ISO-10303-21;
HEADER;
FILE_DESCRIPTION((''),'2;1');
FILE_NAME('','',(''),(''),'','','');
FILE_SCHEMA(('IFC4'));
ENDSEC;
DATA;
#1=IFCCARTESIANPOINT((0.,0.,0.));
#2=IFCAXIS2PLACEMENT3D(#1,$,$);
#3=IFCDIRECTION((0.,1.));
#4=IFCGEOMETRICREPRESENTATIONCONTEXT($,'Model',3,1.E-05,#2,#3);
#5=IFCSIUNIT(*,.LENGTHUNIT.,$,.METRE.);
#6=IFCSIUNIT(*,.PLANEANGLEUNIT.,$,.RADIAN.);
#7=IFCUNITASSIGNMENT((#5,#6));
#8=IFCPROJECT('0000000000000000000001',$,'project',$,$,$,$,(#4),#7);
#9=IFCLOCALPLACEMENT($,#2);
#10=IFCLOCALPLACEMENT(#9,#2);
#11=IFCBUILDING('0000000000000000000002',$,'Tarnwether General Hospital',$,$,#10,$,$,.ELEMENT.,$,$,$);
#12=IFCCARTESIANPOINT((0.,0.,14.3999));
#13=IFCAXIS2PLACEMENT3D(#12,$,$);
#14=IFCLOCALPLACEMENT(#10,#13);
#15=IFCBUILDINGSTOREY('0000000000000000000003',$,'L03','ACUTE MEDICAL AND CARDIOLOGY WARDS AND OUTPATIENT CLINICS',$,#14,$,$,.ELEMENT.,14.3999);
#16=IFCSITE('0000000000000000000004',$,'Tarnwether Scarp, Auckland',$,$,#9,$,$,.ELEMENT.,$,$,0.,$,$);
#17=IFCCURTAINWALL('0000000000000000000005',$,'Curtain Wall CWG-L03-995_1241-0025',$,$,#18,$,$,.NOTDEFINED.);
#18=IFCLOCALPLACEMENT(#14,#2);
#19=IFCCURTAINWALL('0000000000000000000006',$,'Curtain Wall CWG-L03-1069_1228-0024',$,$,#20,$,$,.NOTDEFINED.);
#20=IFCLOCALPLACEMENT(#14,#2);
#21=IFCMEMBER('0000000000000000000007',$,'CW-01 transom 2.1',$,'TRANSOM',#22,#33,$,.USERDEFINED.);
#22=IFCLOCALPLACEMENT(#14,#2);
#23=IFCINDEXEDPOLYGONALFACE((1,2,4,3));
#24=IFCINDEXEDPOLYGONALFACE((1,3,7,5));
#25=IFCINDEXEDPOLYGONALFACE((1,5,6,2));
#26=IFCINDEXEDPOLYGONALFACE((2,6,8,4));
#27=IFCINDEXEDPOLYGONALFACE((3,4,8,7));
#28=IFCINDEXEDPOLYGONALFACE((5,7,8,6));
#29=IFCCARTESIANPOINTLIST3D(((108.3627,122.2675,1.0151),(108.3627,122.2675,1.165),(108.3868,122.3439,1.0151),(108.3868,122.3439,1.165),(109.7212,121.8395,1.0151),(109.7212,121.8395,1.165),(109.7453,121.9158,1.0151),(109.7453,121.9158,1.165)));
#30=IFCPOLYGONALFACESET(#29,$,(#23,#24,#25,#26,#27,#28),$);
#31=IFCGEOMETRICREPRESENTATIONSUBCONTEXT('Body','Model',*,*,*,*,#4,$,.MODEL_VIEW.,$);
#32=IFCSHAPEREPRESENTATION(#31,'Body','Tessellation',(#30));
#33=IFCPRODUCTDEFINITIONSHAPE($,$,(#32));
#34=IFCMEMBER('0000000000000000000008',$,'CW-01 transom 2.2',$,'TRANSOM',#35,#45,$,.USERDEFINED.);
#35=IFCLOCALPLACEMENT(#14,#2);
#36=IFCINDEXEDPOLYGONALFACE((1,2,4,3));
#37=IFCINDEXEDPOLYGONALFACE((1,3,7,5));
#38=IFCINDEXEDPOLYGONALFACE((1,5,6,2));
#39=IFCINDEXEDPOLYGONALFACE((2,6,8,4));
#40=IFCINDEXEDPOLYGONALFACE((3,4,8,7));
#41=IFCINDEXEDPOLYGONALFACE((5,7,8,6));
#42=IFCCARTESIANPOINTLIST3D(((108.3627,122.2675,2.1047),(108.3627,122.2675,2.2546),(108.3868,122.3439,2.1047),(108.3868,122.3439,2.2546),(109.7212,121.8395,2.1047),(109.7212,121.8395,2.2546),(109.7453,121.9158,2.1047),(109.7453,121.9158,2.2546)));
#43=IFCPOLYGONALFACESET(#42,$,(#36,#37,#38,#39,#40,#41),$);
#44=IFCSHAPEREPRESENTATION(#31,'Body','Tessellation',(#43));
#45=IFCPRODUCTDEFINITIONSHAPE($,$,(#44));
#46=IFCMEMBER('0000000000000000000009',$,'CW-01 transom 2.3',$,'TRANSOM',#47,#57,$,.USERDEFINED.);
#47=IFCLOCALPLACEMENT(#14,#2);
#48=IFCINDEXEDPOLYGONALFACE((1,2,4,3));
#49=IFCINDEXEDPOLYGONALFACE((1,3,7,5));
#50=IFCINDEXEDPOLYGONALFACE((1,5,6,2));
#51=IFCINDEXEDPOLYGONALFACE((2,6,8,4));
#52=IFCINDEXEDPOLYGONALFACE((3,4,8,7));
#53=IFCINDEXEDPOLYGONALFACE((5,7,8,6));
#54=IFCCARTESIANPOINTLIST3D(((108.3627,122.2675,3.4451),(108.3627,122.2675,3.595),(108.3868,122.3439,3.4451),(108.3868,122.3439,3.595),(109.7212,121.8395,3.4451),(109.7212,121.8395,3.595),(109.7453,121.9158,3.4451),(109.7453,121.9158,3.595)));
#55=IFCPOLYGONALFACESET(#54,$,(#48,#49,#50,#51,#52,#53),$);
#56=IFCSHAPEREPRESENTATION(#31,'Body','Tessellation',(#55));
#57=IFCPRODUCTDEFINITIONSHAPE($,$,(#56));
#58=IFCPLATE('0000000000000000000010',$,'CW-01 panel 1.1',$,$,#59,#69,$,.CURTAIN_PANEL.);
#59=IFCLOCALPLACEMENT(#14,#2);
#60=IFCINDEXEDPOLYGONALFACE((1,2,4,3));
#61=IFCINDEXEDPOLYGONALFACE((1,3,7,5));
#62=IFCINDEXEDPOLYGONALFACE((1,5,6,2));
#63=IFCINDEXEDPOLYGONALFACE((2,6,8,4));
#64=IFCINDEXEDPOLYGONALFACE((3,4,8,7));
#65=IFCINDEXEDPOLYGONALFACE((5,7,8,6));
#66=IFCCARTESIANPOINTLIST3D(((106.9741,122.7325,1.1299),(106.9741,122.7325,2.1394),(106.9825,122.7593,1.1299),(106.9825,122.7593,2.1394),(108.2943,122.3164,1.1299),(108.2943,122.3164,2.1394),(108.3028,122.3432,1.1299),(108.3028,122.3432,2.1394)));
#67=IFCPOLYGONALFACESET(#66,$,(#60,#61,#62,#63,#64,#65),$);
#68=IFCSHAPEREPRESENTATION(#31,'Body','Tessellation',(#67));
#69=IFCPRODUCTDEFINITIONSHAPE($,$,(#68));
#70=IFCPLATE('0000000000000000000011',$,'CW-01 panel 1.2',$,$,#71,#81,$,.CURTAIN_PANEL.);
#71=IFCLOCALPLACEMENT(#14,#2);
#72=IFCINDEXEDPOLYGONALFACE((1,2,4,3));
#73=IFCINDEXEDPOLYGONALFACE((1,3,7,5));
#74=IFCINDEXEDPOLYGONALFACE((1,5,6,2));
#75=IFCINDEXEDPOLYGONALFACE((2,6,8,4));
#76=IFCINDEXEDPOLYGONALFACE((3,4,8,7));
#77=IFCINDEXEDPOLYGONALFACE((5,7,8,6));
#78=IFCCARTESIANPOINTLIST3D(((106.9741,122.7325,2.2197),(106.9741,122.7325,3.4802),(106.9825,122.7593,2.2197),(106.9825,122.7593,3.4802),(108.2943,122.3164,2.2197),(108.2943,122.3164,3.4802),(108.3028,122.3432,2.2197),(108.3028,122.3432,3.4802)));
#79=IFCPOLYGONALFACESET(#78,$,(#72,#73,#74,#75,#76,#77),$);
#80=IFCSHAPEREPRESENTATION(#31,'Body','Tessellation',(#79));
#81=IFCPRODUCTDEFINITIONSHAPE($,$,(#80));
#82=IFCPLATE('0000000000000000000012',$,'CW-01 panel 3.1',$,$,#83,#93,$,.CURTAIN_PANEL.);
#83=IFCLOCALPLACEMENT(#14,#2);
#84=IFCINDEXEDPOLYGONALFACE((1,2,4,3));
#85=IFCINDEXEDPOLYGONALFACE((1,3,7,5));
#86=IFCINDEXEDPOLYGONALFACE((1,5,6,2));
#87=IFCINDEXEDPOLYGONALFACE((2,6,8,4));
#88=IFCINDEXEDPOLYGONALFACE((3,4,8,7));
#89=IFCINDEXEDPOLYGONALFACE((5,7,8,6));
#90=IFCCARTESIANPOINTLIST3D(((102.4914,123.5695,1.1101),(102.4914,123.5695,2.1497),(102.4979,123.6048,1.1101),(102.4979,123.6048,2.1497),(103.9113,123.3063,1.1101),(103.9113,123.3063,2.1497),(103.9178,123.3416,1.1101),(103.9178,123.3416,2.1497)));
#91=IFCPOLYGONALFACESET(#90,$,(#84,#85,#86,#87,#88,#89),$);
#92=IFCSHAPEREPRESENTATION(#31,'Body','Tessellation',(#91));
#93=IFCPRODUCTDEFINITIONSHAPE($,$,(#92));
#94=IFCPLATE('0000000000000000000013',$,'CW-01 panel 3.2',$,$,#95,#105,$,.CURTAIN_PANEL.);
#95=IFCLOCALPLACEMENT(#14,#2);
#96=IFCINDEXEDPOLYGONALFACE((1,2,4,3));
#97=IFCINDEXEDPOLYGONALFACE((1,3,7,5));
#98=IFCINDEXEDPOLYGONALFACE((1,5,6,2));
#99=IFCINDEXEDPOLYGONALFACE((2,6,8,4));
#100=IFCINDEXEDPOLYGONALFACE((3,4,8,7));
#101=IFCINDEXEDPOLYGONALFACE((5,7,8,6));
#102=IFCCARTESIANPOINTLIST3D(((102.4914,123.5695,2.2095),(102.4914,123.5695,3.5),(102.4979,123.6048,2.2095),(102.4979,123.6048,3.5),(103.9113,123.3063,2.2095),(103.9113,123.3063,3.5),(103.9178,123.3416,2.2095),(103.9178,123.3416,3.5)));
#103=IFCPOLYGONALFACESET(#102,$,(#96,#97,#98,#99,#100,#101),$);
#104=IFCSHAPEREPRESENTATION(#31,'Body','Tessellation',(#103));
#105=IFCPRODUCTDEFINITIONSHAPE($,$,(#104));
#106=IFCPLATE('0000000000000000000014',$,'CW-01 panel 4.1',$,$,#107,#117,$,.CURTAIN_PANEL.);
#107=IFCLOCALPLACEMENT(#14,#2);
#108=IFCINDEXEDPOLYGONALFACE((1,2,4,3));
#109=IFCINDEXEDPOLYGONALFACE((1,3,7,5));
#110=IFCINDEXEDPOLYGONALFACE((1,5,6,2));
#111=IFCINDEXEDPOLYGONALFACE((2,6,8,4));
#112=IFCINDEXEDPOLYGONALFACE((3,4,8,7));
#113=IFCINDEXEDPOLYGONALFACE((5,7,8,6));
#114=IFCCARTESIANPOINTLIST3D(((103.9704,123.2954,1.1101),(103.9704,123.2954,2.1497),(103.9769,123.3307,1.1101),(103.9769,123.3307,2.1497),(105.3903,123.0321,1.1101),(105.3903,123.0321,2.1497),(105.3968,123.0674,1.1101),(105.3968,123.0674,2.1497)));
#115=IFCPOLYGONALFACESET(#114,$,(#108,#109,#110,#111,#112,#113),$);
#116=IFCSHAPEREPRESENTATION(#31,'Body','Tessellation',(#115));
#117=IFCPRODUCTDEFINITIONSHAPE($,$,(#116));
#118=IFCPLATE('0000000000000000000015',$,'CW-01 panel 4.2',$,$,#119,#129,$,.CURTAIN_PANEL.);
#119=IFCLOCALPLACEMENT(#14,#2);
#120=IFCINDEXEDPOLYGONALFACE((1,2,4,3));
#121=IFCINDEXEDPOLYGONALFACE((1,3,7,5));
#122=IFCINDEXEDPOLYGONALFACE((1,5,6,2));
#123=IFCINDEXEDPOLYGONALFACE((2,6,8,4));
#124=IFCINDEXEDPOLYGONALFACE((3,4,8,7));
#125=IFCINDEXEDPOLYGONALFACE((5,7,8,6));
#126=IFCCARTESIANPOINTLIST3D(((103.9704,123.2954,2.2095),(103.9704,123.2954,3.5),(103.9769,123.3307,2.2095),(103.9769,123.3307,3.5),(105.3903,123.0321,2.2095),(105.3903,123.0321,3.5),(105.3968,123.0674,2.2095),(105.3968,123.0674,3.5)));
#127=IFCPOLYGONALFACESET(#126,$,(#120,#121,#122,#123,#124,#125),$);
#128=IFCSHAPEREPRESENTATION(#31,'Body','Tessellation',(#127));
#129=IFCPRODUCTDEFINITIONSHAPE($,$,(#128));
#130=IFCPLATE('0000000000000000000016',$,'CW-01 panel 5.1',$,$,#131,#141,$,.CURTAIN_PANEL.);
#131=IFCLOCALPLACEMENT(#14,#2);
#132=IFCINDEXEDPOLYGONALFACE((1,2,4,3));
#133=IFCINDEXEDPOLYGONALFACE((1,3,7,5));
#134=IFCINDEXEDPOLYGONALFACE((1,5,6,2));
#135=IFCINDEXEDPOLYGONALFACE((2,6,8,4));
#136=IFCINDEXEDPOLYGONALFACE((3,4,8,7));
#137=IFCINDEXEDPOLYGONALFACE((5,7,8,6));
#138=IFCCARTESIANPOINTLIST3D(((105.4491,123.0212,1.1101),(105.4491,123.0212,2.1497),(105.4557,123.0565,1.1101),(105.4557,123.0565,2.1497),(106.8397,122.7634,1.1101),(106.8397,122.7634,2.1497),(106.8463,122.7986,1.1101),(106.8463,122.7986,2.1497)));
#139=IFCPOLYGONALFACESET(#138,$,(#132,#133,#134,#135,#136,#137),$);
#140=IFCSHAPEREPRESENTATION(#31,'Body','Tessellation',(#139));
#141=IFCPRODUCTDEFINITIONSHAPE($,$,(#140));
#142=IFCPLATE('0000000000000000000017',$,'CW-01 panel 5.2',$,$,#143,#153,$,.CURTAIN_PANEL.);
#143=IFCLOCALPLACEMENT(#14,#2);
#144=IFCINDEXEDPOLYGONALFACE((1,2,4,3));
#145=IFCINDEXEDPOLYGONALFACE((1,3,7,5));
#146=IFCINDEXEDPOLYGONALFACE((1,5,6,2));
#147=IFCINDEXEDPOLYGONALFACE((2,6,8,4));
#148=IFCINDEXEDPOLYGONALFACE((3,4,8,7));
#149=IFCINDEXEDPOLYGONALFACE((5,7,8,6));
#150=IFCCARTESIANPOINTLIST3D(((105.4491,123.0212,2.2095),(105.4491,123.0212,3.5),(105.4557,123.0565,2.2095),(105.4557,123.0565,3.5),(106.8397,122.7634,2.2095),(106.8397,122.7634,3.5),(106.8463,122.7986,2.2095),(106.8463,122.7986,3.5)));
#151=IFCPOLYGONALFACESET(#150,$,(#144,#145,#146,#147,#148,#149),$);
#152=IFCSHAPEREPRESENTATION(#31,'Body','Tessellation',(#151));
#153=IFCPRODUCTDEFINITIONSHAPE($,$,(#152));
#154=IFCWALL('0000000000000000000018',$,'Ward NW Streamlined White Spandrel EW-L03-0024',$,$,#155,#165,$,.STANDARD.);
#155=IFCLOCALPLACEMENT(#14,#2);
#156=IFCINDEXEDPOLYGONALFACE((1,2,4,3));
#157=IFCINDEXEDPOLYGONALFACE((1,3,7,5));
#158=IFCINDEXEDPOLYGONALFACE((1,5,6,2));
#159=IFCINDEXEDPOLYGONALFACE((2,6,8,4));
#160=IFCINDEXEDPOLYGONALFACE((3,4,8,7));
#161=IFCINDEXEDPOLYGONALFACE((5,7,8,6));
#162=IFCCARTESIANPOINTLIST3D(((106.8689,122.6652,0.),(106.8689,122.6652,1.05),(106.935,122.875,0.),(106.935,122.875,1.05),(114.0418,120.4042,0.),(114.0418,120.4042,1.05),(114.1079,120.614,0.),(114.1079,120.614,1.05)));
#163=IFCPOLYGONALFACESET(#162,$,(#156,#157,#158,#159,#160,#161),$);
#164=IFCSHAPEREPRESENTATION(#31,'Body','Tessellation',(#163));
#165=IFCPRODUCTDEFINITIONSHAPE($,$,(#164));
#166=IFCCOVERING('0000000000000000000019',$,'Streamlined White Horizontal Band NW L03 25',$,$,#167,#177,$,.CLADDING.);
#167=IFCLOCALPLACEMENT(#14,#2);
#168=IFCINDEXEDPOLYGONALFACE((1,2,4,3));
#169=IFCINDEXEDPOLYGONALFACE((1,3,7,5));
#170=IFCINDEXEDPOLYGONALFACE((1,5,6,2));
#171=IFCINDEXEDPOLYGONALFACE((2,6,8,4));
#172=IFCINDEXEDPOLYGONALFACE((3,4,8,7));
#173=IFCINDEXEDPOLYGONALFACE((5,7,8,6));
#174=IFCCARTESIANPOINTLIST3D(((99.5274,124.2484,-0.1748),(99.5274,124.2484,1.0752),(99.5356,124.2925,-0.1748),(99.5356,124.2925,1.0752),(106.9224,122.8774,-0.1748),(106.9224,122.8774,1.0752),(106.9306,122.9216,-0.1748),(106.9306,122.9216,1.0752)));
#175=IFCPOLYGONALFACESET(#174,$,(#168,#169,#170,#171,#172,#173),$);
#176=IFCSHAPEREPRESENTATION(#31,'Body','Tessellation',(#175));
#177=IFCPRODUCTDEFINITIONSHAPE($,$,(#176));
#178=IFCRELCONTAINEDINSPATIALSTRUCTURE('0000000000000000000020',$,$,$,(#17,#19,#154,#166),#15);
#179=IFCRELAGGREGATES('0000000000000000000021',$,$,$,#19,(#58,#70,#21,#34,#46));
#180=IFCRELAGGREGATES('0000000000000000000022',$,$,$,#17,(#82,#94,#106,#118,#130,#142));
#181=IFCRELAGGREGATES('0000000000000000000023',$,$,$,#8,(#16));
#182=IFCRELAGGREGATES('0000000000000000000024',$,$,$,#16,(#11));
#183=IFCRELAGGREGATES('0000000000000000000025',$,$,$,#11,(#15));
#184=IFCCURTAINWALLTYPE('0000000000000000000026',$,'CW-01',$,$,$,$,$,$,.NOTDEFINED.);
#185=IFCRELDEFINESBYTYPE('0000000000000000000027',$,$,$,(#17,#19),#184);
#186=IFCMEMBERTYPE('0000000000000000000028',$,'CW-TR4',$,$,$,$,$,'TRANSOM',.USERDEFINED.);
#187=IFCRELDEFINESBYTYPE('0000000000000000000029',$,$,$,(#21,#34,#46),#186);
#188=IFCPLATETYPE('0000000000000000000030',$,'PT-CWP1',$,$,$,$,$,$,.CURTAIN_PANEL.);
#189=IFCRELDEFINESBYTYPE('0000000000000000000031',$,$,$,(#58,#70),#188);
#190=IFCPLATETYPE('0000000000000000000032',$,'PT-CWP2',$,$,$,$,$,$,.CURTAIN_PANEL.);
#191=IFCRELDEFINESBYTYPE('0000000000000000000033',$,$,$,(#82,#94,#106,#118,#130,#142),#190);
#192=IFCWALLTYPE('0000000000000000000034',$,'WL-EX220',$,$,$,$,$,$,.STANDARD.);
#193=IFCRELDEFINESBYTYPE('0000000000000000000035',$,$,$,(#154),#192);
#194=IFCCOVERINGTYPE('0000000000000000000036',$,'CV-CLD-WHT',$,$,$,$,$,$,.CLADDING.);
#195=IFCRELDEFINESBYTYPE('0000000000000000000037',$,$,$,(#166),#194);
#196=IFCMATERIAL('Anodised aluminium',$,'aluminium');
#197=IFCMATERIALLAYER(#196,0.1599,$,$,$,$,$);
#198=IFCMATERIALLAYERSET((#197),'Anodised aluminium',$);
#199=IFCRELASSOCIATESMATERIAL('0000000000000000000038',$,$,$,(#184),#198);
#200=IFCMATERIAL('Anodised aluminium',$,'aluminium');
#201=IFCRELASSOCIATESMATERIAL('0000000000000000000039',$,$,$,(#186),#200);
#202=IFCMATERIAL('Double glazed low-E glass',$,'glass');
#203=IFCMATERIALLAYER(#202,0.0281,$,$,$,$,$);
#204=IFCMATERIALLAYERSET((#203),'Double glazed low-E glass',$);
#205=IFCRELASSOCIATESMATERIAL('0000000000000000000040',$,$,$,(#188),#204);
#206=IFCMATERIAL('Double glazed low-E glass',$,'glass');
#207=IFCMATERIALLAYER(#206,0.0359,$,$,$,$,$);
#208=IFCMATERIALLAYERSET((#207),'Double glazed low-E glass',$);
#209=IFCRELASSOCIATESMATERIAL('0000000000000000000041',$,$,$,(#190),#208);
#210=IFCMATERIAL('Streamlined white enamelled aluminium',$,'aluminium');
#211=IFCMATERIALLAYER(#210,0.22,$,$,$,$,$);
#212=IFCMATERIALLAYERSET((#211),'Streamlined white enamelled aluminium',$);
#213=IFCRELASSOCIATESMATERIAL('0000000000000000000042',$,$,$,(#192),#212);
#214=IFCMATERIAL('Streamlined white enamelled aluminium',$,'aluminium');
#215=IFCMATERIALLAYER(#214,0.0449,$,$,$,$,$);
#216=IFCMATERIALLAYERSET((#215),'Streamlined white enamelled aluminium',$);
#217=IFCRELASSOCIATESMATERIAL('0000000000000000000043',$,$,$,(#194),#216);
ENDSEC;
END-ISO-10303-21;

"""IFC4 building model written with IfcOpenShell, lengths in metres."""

from ifc_helpers import new_model, si_unit, direction, frame, frame_2d, origin, origin_2d, place, context, subcontext, project, spatial, rectangle, extrude, material, layer, layer_set, material_profile, profile_set, type_object, element, aggregate, save


model = new_model("IFC4")

# Units and contexts
model_context = context("Model", 3, precision=1e-05, world=origin(), true_north=direction((0.0, 1.0)))
body_context = subcontext(model_context, "Body", "Model", "MODEL_VIEW")
ifc_project = project(units=[si_unit("LENGTHUNIT", "METRE"), si_unit("PLANEANGLEUNIT", "RADIAN")], contexts=[model_context])

# Site, building, storey
site_placement = place(None, origin())
site = spatial("IfcSite", under=ifc_project, at=site_placement, Name="Tarnwether Scarp, Auckland", CompositionType="ELEMENT", RefElevation=0.0)
building_placement = place(site_placement, origin())
building = spatial("IfcBuilding", under=site, at=building_placement, Name="Tarnwether General Hospital", CompositionType="ELEMENT")
storey_placement = place(building_placement, frame((0.0, 0.0, 14.3999)))
storey = spatial("IfcBuildingStorey", under=building, at=storey_placement, Name="L03", Description="ACUTE MEDICAL AND CARDIOLOGY WARDS AND OUTPATIENT CLINICS", CompositionType="ELEMENT", Elevation=14.3999)

# Curtain walls
ifc_material_1 = material(Name="Anodised aluminium", Category="aluminium")
ifc_layer_1 = layer(ifc_material_1, 0.1599)
ifc_layer_set_1 = layer_set([ifc_layer_1], Name="Anodised aluminium")
curtain_wall_type = type_object("IfcCurtainWallType", Name="CW-01", PredefinedType="NOTDEFINED", material=ifc_layer_set_1)
curtain_wall_1_placement = place(storey_placement, origin())
curtain_wall_1 = element("IfcCurtainWall", 1, at=curtain_wall_1_placement, inside=storey, type_object=curtain_wall_type, Name="Curtain Wall CWG-L03-995_1241-0025", PredefinedType="NOTDEFINED")
curtain_wall_2_placement = place(storey_placement, origin())
curtain_wall_2 = element("IfcCurtainWall", 2, at=curtain_wall_2_placement, inside=storey, type_object=curtain_wall_type, Name="Curtain Wall CWG-L03-1069_1228-0024", PredefinedType="NOTDEFINED")

# Members
ifc_material_2 = material(Name="Anodised aluminium", Category="aluminium")
ifc_material_profile_1 = material_profile(ifc_material_2, rectangle(XDim=0.0801, YDim=0.1499, at=origin_2d()), Name="ALU-TRN-80x150")
ifc_profile_set_1 = profile_set([ifc_material_profile_1], Name="Anodised aluminium")
member_type_1 = type_object("IfcMemberType", Name="CW-TR4", ElementType="TRANSOM", PredefinedType="USERDEFINED", material=ifc_profile_set_1)
member_1_placement = place(storey_placement, frame((108.3748, 122.3057, 1.0901), z_axis=(0.953782, -0.3005, 0.0), x_axis=(0.3005, 0.953782, 0.0)))
member_1 = element("IfcMember", 3, at=member_1_placement, type_object=member_type_1, Name="CW-01 transom 2.1", ObjectType="TRANSOM", PredefinedType="USERDEFINED", context=body_context, shape_type="SweptSolid", body=[
    extrude(rectangle(XDim=0.0801, YDim=0.1499, at=origin_2d()), origin(), (0.0, 0.0, 1.0), 1.4243),
])
member_2_placement = place(storey_placement, frame((108.3748, 122.3057, 2.1797), z_axis=(0.953782, -0.3005, 0.0), x_axis=(0.3005, 0.953782, 0.0)))
member_2 = element("IfcMember", 4, at=member_2_placement, type_object=member_type_1, Name="CW-01 transom 2.2", ObjectType="TRANSOM", PredefinedType="USERDEFINED", context=body_context, shape_type="SweptSolid", body=[
    extrude(rectangle(XDim=0.0801, YDim=0.1499, at=origin_2d()), origin(), (0.0, 0.0, 1.0), 1.4243),
])
member_3_placement = place(storey_placement, frame((108.3748, 122.3057, 3.52), z_axis=(0.953782, -0.3005, 0.0), x_axis=(0.3005, 0.953782, 0.0)))
member_3 = element("IfcMember", 5, at=member_3_placement, type_object=member_type_1, Name="CW-01 transom 2.3", ObjectType="TRANSOM", PredefinedType="USERDEFINED", context=body_context, shape_type="SweptSolid", body=[
    extrude(rectangle(XDim=0.0801, YDim=0.1499, at=origin_2d()), origin(), (0.0, 0.0, 1.0), 1.4243),
])

# Plates
ifc_material_3 = material(Name="Double glazed low-E glass", Category="glass")
ifc_layer_2 = layer(ifc_material_3, 0.0281)
ifc_layer_set_2 = layer_set([ifc_layer_2], Name="Double glazed low-E glass")
plate_type_1 = type_object("IfcPlateType", Name="PT-CWP1", PredefinedType="CURTAIN_PANEL", material=ifc_layer_set_2)
plate_1_placement = place(storey_placement, frame((107.6384, 122.5378, 1.1299), z_axis=(0.0, 0.0, 1.0), x_axis=(0.953741, -0.300629, 0.0)))
plate_1 = element("IfcPlate", 6, at=plate_1_placement, type_object=plate_type_1, Name="CW-01 panel 1.1", PredefinedType="CURTAIN_PANEL", context=body_context, shape_type="SweptSolid", body=[
    extrude(rectangle(XDim=1.3843, YDim=0.0281, at=origin_2d()), origin(), (0.0, 0.0, 1.0), 1.0095),
])
plate_2_placement = place(storey_placement, frame((107.6384, 122.5378, 2.2197), z_axis=(0.0, 0.0, 1.0), x_axis=(0.953741, -0.300629, 0.0)))
plate_2 = element("IfcPlate", 7, at=plate_2_placement, type_object=plate_type_1, Name="CW-01 panel 1.2", PredefinedType="CURTAIN_PANEL", context=body_context, shape_type="SweptSolid", body=[
    extrude(rectangle(XDim=1.3843, YDim=0.0281, at=origin_2d()), origin(), (0.0, 0.0, 1.0), 1.2605),
])
aggregate(curtain_wall_2, [plate_1, plate_2, member_1, member_2, member_3])
ifc_material_4 = material(Name="Double glazed low-E glass", Category="glass")
ifc_layer_3 = layer(ifc_material_4, 0.0359)
ifc_layer_set_3 = layer_set([ifc_layer_3], Name="Double glazed low-E glass")
plate_type_2 = type_object("IfcPlateType", Name="PT-CWP2", PredefinedType="CURTAIN_PANEL", material=ifc_layer_set_3)
plate_3_placement = place(storey_placement, frame((103.2046, 123.4556, 1.1101), z_axis=(0.0, 0.0, 1.0), x_axis=(0.983245, -0.182289, 0.0)))
plate_3 = element("IfcPlate", 8, at=plate_3_placement, type_object=plate_type_2, Name="CW-01 panel 3.1", PredefinedType="CURTAIN_PANEL", context=body_context, shape_type="SweptSolid", body=[
    extrude(rectangle(XDim=1.4441, YDim=0.0359, at=origin_2d()), origin(), (0.0, 0.0, 1.0), 1.0396),
])
plate_4_placement = place(storey_placement, frame((103.2046, 123.4556, 2.2095), z_axis=(0.0, 0.0, 1.0), x_axis=(0.983245, -0.182289, 0.0)))
plate_4 = element("IfcPlate", 9, at=plate_4_placement, type_object=plate_type_2, Name="CW-01 panel 3.2", PredefinedType="CURTAIN_PANEL", context=body_context, shape_type="SweptSolid", body=[
    extrude(rectangle(XDim=1.4441, YDim=0.0359, at=origin_2d()), origin(), (0.0, 0.0, 1.0), 1.2905),
])
plate_5_placement = place(storey_placement, frame((104.6836, 123.1814, 1.1101), z_axis=(0.0, 0.0, 1.0), x_axis=(0.983245, -0.182289, 0.0)))
plate_5 = element("IfcPlate", 10, at=plate_5_placement, type_object=plate_type_2, Name="CW-01 panel 4.1", PredefinedType="CURTAIN_PANEL", context=body_context, shape_type="SweptSolid", body=[
    extrude(rectangle(XDim=1.4441, YDim=0.0359, at=origin_2d()), origin(), (0.0, 0.0, 1.0), 1.0396),
])
plate_6_placement = place(storey_placement, frame((104.6836, 123.1814, 2.2095), z_axis=(0.0, 0.0, 1.0), x_axis=(0.983245, -0.182289, 0.0)))
plate_6 = element("IfcPlate", 11, at=plate_6_placement, type_object=plate_type_2, Name="CW-01 panel 4.2", PredefinedType="CURTAIN_PANEL", context=body_context, shape_type="SweptSolid", body=[
    extrude(rectangle(XDim=1.4441, YDim=0.0359, at=origin_2d()), origin(), (0.0, 0.0, 1.0), 1.2905),
])
plate_7_placement = place(storey_placement, frame((106.1477, 122.9099, 1.1101), z_axis=(0.0, 0.0, 1.0), x_axis=(0.983245, -0.182289, 0.0)))
plate_7 = element("IfcPlate", 12, at=plate_7_placement, type_object=plate_type_2, Name="CW-01 panel 5.1", PredefinedType="CURTAIN_PANEL", context=body_context, shape_type="SweptSolid", body=[
    extrude(rectangle(XDim=1.4143, YDim=0.0359, at=origin_2d()), origin(), (0.0, 0.0, 1.0), 1.0396),
])
plate_8_placement = place(storey_placement, frame((106.1477, 122.9099, 2.2095), z_axis=(0.0, 0.0, 1.0), x_axis=(0.983245, -0.182289, 0.0)))
plate_8 = element("IfcPlate", 13, at=plate_8_placement, type_object=plate_type_2, Name="CW-01 panel 5.2", PredefinedType="CURTAIN_PANEL", context=body_context, shape_type="SweptSolid", body=[
    extrude(rectangle(XDim=1.4143, YDim=0.0359, at=origin_2d()), origin(), (0.0, 0.0, 1.0), 1.2905),
])
aggregate(curtain_wall_1, [plate_3, plate_4, plate_5, plate_6, plate_7, plate_8])

# Wall
ifc_material_5 = material(Name="Streamlined white enamelled aluminium", Category="aluminium")
ifc_layer_4 = layer(ifc_material_5, 0.22)
ifc_layer_set_4 = layer_set([ifc_layer_4], Name="Streamlined white enamelled aluminium")
wall_type = type_object("IfcWallType", Name="WL-EX220", PredefinedType="STANDARD", material=ifc_layer_set_4)
wall_placement = place(storey_placement, frame((106.9021, 122.77, 0.0), z_axis=(0.0, 0.0, 1.0), x_axis=(0.95374, -0.300633, 0.0)))
element("IfcWall", 14, at=wall_placement, inside=storey, type_object=wall_type, Name="Ward NW Streamlined White Spandrel EW-L03-0024", PredefinedType="STANDARD", context=body_context, shape_type="SweptSolid", body=[
    extrude(rectangle(XDim=7.5208, YDim=0.22, at=frame_2d((3.7603, 0.0))), origin(), (0.0, 0.0, 1.0), 1.05),
])

# Covering
ifc_material_6 = material(Name="Streamlined white enamelled aluminium", Category="aluminium")
ifc_layer_5 = layer(ifc_material_6, 0.0449)
ifc_layer_set_5 = layer_set([ifc_layer_5], Name="Streamlined white enamelled aluminium")
covering_type = type_object("IfcCoveringType", Name="CV-CLD-WHT", PredefinedType="CLADDING", material=ifc_layer_set_5)
covering_placement = place(storey_placement, frame((103.229, 123.585, -0.1748), z_axis=(0.0, 0.0, 1.0), x_axis=(0.983245, -0.182287, 0.0)))
element("IfcCovering", 15, at=covering_placement, inside=storey, type_object=covering_type, Name="Streamlined White Horizontal Band NW L03 25", PredefinedType="CLADDING", context=body_context, shape_type="SweptSolid", body=[
    extrude(rectangle(XDim=7.521, YDim=0.0449, at=origin_2d()), origin(), (0.0, 0.0, 1.0), 1.25),
])

save(model, "model.ifc")
